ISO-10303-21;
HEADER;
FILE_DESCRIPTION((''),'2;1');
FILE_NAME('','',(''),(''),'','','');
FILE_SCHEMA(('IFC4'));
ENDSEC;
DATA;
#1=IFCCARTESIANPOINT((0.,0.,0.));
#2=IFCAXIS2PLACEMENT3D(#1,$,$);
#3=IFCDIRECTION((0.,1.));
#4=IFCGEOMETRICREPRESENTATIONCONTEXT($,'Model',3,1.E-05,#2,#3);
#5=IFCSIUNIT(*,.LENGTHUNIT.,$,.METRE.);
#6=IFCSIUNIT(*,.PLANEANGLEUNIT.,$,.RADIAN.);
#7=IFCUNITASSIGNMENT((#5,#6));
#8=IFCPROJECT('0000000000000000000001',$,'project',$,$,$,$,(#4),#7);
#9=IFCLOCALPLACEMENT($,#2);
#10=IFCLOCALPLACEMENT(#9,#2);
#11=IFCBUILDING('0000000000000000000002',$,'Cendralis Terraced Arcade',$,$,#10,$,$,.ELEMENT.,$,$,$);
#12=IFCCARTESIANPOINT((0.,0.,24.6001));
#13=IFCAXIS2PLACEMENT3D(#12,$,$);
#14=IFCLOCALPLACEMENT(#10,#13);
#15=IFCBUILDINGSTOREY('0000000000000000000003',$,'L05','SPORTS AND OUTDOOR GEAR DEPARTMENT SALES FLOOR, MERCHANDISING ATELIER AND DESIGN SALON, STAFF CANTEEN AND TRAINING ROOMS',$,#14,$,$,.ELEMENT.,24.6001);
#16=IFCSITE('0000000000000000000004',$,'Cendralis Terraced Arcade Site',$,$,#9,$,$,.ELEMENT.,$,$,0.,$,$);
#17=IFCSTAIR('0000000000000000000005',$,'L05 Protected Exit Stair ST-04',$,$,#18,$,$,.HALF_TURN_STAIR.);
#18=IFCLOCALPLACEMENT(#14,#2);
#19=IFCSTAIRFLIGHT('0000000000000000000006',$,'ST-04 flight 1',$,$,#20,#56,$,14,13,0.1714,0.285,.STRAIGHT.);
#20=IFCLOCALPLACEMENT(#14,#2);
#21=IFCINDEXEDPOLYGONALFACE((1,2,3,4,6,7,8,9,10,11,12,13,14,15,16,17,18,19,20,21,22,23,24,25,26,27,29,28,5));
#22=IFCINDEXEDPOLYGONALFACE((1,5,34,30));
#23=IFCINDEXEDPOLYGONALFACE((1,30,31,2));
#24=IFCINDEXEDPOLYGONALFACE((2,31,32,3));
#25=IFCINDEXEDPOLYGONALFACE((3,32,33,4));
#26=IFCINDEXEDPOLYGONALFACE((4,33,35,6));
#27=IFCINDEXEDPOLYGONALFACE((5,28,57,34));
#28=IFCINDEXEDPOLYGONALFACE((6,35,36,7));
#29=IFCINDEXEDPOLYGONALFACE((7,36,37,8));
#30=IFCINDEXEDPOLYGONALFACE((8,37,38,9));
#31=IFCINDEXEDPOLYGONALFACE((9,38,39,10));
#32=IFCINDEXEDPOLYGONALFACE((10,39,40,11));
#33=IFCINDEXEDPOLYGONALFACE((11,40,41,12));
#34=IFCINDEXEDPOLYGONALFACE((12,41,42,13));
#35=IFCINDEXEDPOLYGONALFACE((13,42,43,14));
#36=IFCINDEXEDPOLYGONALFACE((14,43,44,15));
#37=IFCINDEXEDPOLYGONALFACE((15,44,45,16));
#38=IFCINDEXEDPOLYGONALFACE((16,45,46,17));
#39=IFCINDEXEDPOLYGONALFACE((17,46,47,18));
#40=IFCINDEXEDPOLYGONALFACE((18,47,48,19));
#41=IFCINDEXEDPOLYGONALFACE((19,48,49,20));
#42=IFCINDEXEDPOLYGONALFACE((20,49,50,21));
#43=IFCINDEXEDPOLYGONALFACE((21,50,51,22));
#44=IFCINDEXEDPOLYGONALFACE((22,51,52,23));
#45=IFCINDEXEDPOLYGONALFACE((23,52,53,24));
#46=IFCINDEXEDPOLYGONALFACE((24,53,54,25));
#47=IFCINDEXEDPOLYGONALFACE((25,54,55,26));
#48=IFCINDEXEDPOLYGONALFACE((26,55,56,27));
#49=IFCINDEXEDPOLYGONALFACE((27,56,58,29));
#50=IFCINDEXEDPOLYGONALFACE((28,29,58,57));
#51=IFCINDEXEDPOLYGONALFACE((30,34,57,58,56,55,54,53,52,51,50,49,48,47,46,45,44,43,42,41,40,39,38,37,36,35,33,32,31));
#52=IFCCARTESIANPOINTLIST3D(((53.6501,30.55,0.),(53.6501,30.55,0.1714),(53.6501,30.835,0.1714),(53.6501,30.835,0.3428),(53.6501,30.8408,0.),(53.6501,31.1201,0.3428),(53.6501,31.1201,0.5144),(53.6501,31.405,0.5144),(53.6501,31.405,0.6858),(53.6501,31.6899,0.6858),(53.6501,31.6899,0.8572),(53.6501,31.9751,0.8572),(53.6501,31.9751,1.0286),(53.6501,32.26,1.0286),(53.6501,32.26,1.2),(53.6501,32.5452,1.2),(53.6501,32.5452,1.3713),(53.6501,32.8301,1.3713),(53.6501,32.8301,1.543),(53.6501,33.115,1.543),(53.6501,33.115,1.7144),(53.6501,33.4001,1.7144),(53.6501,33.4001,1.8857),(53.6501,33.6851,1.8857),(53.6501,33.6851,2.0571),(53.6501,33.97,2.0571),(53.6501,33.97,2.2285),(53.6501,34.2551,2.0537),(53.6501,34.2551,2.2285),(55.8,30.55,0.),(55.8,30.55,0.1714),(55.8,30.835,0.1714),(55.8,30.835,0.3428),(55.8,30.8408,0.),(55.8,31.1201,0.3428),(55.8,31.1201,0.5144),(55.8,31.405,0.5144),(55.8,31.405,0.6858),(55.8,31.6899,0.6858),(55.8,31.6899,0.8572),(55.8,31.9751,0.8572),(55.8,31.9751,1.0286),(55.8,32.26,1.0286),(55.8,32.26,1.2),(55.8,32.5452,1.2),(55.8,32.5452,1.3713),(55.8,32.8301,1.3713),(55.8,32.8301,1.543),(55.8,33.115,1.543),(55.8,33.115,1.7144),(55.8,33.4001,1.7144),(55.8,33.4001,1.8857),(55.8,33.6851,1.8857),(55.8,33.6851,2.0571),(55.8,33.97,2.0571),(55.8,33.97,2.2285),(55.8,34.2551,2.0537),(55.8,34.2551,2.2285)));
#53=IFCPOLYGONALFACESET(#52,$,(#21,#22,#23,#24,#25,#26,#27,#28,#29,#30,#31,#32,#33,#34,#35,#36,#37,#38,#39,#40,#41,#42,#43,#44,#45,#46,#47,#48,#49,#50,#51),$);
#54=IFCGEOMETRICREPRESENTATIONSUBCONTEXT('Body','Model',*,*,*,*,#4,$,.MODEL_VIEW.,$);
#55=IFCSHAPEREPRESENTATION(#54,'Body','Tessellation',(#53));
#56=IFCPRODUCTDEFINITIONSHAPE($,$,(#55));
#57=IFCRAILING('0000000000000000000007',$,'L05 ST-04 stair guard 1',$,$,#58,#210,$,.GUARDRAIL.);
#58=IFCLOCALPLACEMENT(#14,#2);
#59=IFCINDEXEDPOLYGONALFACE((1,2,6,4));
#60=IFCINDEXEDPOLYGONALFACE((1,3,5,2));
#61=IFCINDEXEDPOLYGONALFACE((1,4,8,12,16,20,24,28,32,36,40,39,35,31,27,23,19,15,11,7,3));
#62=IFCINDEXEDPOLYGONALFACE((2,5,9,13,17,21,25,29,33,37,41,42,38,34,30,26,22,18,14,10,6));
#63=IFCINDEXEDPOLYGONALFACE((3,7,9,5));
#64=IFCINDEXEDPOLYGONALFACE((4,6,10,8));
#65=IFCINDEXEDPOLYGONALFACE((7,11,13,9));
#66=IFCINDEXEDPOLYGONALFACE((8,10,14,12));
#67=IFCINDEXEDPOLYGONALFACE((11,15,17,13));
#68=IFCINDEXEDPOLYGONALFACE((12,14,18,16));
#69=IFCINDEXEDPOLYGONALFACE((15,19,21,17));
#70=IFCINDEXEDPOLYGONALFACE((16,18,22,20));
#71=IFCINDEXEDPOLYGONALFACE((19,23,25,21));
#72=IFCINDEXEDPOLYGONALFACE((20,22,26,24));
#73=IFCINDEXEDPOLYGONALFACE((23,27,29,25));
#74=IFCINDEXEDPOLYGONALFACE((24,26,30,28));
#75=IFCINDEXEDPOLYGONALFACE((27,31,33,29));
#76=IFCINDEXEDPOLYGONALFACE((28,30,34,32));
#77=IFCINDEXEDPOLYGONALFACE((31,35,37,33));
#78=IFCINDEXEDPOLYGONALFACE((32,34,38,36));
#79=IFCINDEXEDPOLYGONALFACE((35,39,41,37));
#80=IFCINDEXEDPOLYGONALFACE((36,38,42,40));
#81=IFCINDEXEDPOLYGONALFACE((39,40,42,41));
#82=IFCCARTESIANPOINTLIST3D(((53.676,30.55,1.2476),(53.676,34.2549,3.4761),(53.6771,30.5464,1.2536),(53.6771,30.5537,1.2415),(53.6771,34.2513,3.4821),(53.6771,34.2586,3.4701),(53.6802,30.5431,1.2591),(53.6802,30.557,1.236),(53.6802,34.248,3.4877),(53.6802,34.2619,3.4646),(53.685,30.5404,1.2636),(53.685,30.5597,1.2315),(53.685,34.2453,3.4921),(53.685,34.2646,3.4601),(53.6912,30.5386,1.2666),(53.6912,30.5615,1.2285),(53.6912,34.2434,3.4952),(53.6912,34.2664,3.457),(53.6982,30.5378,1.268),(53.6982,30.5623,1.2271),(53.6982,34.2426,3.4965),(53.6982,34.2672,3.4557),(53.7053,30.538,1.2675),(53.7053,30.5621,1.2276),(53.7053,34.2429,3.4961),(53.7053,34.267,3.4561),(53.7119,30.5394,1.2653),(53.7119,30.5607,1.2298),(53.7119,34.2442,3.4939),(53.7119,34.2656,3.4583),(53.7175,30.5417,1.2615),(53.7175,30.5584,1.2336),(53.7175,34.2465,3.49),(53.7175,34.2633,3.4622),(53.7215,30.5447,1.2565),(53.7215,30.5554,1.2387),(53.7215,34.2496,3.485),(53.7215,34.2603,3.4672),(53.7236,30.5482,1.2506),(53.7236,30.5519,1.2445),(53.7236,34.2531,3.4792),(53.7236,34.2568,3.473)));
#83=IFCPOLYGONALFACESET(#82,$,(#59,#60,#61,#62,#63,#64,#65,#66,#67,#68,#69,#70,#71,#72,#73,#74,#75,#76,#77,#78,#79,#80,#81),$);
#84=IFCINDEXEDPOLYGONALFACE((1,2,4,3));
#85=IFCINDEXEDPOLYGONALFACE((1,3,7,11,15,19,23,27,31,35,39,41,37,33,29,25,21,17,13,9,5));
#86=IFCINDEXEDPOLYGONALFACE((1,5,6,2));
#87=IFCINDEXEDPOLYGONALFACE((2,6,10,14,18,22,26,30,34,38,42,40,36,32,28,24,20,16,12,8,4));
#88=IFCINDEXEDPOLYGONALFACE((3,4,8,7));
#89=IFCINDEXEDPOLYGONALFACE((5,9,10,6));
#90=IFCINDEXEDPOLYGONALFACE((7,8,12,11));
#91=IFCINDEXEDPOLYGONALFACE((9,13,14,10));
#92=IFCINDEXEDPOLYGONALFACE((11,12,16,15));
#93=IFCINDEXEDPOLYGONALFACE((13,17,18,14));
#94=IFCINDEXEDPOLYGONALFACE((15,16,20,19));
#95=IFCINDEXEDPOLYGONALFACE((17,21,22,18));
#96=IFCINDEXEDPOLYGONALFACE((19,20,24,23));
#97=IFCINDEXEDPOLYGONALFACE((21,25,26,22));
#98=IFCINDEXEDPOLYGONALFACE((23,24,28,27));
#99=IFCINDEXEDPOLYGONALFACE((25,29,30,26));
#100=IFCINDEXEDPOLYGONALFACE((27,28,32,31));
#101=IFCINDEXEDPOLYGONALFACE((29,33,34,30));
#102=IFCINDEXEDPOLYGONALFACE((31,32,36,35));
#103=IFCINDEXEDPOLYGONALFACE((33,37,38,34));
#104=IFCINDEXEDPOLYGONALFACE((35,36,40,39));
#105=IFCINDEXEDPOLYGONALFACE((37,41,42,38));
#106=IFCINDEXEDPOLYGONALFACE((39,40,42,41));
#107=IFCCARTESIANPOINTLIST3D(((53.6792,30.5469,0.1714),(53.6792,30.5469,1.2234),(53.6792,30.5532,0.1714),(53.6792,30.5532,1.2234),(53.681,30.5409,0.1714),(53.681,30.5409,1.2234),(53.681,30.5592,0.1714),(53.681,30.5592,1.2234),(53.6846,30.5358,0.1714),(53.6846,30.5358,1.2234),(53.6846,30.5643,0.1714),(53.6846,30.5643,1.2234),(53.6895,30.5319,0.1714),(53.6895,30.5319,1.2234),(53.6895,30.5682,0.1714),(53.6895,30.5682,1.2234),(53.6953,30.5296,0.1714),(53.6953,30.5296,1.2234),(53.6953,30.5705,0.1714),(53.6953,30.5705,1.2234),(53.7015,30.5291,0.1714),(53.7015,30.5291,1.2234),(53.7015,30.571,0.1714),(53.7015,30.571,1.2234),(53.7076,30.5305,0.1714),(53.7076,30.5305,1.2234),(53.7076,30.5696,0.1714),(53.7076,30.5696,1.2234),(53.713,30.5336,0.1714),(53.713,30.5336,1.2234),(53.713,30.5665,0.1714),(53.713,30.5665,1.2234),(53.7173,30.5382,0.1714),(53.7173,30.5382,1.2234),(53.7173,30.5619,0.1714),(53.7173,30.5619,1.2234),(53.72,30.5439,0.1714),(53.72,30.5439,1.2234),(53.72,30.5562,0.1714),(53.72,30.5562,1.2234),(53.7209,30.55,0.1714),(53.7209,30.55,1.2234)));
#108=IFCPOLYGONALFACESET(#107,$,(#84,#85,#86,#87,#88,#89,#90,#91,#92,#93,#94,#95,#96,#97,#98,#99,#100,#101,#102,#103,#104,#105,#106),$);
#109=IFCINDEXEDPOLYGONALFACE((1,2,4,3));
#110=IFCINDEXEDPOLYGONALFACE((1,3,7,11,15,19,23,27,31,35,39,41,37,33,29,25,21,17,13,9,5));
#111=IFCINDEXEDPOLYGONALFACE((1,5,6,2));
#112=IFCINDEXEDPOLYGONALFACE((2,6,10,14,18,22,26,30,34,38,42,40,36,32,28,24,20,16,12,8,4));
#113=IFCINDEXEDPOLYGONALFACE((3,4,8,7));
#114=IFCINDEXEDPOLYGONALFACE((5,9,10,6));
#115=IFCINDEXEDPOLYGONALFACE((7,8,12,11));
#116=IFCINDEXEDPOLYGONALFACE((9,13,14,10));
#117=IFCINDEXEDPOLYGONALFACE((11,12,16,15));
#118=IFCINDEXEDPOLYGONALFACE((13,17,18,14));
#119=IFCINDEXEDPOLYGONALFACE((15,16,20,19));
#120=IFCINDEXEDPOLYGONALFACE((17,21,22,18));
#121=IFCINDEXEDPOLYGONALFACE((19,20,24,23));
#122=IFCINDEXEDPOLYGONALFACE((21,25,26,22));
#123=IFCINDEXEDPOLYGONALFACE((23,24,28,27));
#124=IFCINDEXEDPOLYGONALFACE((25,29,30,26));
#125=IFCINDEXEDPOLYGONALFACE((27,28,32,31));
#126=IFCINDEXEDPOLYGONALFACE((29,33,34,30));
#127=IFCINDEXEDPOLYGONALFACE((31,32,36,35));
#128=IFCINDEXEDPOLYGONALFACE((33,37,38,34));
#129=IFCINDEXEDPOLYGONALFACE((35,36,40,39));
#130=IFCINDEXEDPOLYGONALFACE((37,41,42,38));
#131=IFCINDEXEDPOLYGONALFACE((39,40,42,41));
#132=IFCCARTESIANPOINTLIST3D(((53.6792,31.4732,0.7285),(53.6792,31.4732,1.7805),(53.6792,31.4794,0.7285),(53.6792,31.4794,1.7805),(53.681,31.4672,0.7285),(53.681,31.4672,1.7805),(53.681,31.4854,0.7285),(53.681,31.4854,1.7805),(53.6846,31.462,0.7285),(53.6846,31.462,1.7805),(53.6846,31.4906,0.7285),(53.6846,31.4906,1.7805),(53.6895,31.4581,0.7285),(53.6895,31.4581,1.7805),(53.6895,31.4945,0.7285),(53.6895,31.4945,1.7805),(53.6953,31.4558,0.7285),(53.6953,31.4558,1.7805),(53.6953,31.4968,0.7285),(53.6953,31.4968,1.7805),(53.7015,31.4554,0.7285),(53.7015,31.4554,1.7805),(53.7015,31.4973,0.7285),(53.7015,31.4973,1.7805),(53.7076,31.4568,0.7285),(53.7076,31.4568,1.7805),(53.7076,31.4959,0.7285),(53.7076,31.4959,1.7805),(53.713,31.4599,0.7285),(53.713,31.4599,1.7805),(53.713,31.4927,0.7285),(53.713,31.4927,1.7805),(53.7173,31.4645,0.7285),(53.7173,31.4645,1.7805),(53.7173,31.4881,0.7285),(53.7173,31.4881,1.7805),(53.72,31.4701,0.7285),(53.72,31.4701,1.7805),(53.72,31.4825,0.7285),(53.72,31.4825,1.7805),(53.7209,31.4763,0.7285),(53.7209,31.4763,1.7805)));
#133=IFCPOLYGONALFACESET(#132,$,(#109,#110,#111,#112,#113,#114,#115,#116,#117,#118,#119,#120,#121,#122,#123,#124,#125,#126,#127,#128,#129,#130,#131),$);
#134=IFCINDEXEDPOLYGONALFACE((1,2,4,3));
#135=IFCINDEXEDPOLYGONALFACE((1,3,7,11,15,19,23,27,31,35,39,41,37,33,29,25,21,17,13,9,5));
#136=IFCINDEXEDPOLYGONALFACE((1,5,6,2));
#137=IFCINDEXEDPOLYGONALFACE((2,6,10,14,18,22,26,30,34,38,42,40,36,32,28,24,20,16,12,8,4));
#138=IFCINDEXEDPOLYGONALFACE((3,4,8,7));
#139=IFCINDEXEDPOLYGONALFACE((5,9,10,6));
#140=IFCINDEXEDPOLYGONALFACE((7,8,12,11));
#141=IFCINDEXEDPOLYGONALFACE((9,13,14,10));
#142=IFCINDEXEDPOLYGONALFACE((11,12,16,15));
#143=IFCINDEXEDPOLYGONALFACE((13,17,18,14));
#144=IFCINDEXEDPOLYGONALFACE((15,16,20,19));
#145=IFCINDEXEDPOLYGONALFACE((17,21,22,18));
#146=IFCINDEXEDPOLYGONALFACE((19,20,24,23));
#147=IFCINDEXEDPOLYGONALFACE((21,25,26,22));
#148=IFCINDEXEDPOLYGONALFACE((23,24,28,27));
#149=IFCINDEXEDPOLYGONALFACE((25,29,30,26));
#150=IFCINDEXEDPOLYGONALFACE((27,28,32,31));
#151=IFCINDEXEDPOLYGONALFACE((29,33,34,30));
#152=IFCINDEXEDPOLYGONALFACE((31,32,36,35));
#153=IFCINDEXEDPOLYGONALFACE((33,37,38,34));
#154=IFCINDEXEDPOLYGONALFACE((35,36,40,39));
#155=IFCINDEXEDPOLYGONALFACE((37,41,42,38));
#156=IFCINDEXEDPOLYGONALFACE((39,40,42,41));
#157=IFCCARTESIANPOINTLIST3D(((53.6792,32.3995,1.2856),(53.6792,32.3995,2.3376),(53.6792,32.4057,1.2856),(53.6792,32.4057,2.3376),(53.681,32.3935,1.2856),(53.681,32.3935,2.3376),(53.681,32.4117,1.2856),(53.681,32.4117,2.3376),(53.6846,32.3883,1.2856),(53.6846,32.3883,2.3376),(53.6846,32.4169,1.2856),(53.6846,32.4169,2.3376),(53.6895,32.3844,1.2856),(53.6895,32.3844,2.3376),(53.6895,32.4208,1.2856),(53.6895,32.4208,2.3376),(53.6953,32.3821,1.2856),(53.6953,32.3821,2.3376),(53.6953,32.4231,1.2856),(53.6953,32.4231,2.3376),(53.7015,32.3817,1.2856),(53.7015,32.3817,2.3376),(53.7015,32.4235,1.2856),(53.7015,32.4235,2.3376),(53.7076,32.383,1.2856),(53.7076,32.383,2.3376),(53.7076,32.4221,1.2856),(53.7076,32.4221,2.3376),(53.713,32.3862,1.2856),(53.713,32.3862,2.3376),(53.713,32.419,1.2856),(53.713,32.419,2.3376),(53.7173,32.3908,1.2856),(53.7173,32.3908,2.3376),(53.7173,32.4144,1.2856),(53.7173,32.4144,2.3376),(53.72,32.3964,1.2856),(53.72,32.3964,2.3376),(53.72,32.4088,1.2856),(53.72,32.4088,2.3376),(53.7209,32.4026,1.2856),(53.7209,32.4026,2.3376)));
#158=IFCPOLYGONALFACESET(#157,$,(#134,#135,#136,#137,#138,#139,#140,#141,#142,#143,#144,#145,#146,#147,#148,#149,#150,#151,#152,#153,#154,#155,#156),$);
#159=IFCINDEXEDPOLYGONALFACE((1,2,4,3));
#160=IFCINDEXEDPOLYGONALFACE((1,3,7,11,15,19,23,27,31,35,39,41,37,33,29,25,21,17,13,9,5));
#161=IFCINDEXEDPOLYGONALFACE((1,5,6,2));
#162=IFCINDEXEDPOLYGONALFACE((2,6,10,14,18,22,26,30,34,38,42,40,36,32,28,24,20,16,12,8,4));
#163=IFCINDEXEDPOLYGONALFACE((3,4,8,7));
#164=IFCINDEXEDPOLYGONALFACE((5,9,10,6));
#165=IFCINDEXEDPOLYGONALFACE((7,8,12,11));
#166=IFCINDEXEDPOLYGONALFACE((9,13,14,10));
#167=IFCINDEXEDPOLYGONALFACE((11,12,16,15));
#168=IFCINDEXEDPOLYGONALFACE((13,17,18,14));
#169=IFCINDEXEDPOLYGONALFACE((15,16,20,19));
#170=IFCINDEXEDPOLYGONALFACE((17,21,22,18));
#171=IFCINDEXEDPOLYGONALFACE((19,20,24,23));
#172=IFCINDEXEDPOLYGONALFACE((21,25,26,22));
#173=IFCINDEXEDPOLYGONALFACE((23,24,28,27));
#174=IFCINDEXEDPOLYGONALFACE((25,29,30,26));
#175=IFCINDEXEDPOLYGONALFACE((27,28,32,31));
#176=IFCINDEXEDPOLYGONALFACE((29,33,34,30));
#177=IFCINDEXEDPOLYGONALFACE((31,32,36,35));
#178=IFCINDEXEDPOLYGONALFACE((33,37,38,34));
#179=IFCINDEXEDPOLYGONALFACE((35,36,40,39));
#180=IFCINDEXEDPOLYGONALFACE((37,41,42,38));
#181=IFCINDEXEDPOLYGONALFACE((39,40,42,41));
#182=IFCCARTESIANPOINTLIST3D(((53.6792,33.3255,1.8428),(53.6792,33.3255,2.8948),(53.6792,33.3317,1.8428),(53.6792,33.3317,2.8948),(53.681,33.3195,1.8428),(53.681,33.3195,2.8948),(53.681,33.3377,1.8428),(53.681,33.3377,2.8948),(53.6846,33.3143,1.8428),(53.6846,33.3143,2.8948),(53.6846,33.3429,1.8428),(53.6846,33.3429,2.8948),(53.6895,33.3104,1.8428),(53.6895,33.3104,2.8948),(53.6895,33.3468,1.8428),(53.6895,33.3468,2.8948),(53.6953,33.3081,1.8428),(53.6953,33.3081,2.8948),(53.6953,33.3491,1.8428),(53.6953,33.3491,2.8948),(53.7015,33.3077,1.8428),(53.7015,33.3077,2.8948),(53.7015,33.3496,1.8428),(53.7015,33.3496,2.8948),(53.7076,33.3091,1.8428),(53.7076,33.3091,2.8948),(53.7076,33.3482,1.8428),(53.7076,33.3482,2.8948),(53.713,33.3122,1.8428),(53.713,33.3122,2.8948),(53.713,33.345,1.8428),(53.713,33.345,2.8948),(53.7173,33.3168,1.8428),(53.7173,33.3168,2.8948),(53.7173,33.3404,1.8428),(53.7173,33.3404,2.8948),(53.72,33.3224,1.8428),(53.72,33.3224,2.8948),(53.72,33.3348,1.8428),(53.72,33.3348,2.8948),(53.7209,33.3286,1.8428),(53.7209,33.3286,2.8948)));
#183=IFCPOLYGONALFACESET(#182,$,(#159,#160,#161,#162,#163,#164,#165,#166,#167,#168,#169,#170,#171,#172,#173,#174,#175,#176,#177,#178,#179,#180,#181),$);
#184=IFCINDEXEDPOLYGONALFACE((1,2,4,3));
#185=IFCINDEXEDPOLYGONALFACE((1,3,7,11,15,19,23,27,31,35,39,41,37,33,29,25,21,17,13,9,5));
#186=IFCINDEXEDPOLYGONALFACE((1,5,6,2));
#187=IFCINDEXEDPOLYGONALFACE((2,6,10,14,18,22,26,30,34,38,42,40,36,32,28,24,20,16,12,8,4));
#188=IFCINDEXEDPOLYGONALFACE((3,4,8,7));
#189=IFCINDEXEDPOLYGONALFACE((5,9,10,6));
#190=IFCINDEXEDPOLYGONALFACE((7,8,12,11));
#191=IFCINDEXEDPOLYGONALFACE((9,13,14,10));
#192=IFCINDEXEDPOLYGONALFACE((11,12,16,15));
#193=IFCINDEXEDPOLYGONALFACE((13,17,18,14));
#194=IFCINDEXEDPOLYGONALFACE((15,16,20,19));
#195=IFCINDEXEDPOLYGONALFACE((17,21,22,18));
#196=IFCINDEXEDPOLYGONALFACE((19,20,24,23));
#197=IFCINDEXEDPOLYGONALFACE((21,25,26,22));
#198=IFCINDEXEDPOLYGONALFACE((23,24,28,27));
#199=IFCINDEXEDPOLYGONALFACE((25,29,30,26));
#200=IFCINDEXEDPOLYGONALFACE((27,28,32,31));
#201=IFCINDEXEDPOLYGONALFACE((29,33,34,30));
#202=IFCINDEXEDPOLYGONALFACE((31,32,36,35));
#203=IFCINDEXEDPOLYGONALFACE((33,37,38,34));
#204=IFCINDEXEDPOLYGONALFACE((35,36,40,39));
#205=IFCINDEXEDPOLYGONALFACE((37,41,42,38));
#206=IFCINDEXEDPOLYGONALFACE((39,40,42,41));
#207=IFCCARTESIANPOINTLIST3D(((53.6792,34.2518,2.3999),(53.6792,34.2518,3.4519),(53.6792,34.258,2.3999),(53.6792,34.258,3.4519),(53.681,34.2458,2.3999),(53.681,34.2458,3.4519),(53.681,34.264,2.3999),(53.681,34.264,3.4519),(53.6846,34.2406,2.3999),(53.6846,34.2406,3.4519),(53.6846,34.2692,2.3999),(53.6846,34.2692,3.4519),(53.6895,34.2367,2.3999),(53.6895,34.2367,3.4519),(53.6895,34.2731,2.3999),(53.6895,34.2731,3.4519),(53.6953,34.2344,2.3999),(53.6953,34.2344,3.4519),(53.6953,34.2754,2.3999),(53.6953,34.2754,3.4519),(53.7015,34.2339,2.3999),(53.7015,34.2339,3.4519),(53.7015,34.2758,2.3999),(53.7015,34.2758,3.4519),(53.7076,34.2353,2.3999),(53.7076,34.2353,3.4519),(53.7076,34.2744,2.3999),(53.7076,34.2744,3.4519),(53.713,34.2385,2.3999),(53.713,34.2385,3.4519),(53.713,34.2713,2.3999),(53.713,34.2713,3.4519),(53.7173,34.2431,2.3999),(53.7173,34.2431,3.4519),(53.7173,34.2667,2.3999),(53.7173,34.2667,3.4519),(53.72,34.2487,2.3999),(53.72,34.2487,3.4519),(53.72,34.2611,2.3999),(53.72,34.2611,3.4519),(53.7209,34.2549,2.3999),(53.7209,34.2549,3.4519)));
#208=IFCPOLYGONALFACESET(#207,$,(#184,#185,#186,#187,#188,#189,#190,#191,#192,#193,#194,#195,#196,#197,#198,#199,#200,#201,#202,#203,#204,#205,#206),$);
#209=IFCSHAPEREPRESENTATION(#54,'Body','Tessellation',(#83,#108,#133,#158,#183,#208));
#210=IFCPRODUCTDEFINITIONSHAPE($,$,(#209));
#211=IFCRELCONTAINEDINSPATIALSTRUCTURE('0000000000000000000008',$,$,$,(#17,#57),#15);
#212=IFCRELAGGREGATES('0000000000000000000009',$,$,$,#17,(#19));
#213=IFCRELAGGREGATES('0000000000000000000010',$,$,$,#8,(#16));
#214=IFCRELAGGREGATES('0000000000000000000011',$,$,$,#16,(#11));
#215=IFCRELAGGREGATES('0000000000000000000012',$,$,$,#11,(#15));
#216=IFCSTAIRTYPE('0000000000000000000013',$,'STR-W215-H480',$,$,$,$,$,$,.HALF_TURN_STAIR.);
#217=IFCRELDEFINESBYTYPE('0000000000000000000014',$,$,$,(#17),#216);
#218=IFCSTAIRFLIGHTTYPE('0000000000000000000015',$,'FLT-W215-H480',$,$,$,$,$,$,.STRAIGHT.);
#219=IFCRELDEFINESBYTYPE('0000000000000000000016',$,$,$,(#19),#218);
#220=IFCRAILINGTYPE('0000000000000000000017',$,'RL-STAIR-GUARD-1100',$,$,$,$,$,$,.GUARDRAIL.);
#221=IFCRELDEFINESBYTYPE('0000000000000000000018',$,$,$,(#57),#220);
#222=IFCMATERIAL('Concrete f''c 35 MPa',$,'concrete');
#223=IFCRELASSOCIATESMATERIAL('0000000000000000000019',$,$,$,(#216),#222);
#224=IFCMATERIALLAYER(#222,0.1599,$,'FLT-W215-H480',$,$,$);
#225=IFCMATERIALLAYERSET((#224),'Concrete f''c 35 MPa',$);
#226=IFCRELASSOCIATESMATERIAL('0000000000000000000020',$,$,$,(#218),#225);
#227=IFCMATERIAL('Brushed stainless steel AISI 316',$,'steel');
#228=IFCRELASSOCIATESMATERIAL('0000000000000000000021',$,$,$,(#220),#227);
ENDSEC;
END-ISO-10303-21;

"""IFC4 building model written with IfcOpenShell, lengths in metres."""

from ifc_helpers import new_model, si_unit, direction, frame, origin, origin_2d, place, context, subcontext, project, spatial, polyline, circle, outline, extrude, material, layer, layer_set, type_object, element, aggregate, save


model = new_model("IFC4")

# Units and contexts
model_context = context("Model", 3, precision=1e-05, world=origin(), true_north=direction((0.0, 1.0)))
body_context = subcontext(model_context, "Body", "Model", "MODEL_VIEW")
ifc_project = project(units=[si_unit("LENGTHUNIT", "METRE"), si_unit("PLANEANGLEUNIT", "RADIAN")], contexts=[model_context])

# Site, building, storey
site_placement = place(None, origin())
site = spatial("IfcSite", under=ifc_project, at=site_placement, Name="Cendralis Terraced Arcade Site", CompositionType="ELEMENT", RefElevation=0.0)
building_placement = place(site_placement, origin())
building = spatial("IfcBuilding", under=site, at=building_placement, Name="Cendralis Terraced Arcade", CompositionType="ELEMENT")
storey_placement = place(building_placement, frame((0.0, 0.0, 24.6001)))
storey = spatial("IfcBuildingStorey", under=building, at=storey_placement, Name="L05", Description="SPORTS AND OUTDOOR GEAR DEPARTMENT SALES FLOOR, MERCHANDISING ATELIER AND DESIGN SALON, STAFF CANTEEN AND TRAINING ROOMS", CompositionType="ELEMENT", Elevation=24.6001)

# Shared definitions
ifc_material_1 = material(Name="Concrete f'c 35 MPa", Category="concrete")

# Stair, stair flight
stair_type = type_object("IfcStairType", Name="STR-W215-H480", PredefinedType="HALF_TURN_STAIR", material=ifc_material_1)
stair_placement = place(storey_placement, origin())
stair = element("IfcStair", 1, at=stair_placement, inside=storey, type_object=stair_type, Name="L05 Protected Exit Stair ST-04", PredefinedType="HALF_TURN_STAIR")
ifc_layer_1 = layer(ifc_material_1, 0.1599, Name="FLT-W215-H480")
ifc_layer_set_1 = layer_set([ifc_layer_1], Name="Concrete f'c 35 MPa")
stair_flight_type = type_object("IfcStairFlightType", Name="FLT-W215-H480", PredefinedType="STRAIGHT", material=ifc_layer_set_1)
stair_flight_placement = place(storey_placement, frame((54.7251, 30.55, 0.0), z_axis=(0.0, 0.0, 1.0), x_axis=(0.0, 1.0, 0.0)))
stair_flight = element("IfcStairFlight", 2, at=stair_flight_placement, type_object=stair_flight_type, Name="ST-04 flight 1", NumberOfRisers=14, NumberOfTreads=13, PredefinedType="STRAIGHT", RiserHeight=0.1714, TreadLength=0.285, context=body_context, shape_type="SweptSolid", body=[
    extrude(outline(polyline([(0.0, 0.0), (0.0, 0.1714), (0.2849, 0.1714), (0.2849, 0.3428), (0.5701, 0.3428), (0.5701, 0.5144), (0.855, 0.5144), (0.855, 0.6858), (1.1399, 0.6858), (1.1399, 0.8572), (1.425, 0.8572), (1.425, 1.0286), (1.71, 1.0286), (1.71, 1.2), (1.9951, 1.2), (1.9951, 1.3713), (2.28, 1.3713), (2.28, 1.543), (2.5649, 1.543), (2.5649, 1.7144), (2.8501, 1.7144), (2.8501, 1.8857), (3.135, 1.8857), (3.135, 2.0571), (3.4199, 2.0571), (3.4199, 2.2285), (3.7051, 2.2285), (3.7051, 2.3999), (3.7051, 2.0537), (0.2908, 0.0), (0.0, 0.0)])), frame((0.0, 1.075, 0.0), z_axis=(0.0, -1.0, 0.0), x_axis=(1.0, 0.0, 0.0)), (0.0, 0.0, 1.0), 2.1499),
])
aggregate(stair, [stair_flight])

# Railing
ifc_material_2 = material(Name="Brushed stainless steel AISI 316", Category="steel")
railing_type_1 = type_object("IfcRailingType", Name="RL-STAIR-GUARD-1100", PredefinedType="GUARDRAIL", material=ifc_material_2)
railing_1_placement = place(storey_placement, frame((53.7, 30.55, 0.1714)))
element("IfcRailing", 3, at=railing_1_placement, inside=storey, type_object=railing_type_1, Name="L05 ST-04 stair guard 1", PredefinedType="GUARDRAIL", context=body_context, shape_type="SweptSolid", body=[
    extrude(circle(Radius=0.0239, at=origin_2d()), frame((0.0, 0.0, 1.0762), z_axis=(0.0, 0.856919, 0.51545), x_axis=(-1.0, 0.0, 0.0)), (0.0, 0.0, 1.0), 4.3235),
    extrude(circle(Radius=0.021, at=origin_2d()), origin(), (0.0, 0.0, 1.0), 1.052),
    extrude(circle(Radius=0.021, at=origin_2d()), frame((0.0, 0.9263, 0.5571)), (0.0, 0.0, 1.0), 1.052),
    extrude(circle(Radius=0.021, at=origin_2d()), frame((0.0, 1.8525, 1.1143)), (0.0, 0.0, 1.0), 1.052),
    extrude(circle(Radius=0.021, at=origin_2d()), frame((0.0, 2.7786, 1.6714)), (0.0, 0.0, 1.0), 1.052),
    extrude(circle(Radius=0.021, at=origin_2d()), frame((0.0, 3.7048, 2.2285)), (0.0, 0.0, 1.0), 1.052),
])

save(model, "model.ifc")
